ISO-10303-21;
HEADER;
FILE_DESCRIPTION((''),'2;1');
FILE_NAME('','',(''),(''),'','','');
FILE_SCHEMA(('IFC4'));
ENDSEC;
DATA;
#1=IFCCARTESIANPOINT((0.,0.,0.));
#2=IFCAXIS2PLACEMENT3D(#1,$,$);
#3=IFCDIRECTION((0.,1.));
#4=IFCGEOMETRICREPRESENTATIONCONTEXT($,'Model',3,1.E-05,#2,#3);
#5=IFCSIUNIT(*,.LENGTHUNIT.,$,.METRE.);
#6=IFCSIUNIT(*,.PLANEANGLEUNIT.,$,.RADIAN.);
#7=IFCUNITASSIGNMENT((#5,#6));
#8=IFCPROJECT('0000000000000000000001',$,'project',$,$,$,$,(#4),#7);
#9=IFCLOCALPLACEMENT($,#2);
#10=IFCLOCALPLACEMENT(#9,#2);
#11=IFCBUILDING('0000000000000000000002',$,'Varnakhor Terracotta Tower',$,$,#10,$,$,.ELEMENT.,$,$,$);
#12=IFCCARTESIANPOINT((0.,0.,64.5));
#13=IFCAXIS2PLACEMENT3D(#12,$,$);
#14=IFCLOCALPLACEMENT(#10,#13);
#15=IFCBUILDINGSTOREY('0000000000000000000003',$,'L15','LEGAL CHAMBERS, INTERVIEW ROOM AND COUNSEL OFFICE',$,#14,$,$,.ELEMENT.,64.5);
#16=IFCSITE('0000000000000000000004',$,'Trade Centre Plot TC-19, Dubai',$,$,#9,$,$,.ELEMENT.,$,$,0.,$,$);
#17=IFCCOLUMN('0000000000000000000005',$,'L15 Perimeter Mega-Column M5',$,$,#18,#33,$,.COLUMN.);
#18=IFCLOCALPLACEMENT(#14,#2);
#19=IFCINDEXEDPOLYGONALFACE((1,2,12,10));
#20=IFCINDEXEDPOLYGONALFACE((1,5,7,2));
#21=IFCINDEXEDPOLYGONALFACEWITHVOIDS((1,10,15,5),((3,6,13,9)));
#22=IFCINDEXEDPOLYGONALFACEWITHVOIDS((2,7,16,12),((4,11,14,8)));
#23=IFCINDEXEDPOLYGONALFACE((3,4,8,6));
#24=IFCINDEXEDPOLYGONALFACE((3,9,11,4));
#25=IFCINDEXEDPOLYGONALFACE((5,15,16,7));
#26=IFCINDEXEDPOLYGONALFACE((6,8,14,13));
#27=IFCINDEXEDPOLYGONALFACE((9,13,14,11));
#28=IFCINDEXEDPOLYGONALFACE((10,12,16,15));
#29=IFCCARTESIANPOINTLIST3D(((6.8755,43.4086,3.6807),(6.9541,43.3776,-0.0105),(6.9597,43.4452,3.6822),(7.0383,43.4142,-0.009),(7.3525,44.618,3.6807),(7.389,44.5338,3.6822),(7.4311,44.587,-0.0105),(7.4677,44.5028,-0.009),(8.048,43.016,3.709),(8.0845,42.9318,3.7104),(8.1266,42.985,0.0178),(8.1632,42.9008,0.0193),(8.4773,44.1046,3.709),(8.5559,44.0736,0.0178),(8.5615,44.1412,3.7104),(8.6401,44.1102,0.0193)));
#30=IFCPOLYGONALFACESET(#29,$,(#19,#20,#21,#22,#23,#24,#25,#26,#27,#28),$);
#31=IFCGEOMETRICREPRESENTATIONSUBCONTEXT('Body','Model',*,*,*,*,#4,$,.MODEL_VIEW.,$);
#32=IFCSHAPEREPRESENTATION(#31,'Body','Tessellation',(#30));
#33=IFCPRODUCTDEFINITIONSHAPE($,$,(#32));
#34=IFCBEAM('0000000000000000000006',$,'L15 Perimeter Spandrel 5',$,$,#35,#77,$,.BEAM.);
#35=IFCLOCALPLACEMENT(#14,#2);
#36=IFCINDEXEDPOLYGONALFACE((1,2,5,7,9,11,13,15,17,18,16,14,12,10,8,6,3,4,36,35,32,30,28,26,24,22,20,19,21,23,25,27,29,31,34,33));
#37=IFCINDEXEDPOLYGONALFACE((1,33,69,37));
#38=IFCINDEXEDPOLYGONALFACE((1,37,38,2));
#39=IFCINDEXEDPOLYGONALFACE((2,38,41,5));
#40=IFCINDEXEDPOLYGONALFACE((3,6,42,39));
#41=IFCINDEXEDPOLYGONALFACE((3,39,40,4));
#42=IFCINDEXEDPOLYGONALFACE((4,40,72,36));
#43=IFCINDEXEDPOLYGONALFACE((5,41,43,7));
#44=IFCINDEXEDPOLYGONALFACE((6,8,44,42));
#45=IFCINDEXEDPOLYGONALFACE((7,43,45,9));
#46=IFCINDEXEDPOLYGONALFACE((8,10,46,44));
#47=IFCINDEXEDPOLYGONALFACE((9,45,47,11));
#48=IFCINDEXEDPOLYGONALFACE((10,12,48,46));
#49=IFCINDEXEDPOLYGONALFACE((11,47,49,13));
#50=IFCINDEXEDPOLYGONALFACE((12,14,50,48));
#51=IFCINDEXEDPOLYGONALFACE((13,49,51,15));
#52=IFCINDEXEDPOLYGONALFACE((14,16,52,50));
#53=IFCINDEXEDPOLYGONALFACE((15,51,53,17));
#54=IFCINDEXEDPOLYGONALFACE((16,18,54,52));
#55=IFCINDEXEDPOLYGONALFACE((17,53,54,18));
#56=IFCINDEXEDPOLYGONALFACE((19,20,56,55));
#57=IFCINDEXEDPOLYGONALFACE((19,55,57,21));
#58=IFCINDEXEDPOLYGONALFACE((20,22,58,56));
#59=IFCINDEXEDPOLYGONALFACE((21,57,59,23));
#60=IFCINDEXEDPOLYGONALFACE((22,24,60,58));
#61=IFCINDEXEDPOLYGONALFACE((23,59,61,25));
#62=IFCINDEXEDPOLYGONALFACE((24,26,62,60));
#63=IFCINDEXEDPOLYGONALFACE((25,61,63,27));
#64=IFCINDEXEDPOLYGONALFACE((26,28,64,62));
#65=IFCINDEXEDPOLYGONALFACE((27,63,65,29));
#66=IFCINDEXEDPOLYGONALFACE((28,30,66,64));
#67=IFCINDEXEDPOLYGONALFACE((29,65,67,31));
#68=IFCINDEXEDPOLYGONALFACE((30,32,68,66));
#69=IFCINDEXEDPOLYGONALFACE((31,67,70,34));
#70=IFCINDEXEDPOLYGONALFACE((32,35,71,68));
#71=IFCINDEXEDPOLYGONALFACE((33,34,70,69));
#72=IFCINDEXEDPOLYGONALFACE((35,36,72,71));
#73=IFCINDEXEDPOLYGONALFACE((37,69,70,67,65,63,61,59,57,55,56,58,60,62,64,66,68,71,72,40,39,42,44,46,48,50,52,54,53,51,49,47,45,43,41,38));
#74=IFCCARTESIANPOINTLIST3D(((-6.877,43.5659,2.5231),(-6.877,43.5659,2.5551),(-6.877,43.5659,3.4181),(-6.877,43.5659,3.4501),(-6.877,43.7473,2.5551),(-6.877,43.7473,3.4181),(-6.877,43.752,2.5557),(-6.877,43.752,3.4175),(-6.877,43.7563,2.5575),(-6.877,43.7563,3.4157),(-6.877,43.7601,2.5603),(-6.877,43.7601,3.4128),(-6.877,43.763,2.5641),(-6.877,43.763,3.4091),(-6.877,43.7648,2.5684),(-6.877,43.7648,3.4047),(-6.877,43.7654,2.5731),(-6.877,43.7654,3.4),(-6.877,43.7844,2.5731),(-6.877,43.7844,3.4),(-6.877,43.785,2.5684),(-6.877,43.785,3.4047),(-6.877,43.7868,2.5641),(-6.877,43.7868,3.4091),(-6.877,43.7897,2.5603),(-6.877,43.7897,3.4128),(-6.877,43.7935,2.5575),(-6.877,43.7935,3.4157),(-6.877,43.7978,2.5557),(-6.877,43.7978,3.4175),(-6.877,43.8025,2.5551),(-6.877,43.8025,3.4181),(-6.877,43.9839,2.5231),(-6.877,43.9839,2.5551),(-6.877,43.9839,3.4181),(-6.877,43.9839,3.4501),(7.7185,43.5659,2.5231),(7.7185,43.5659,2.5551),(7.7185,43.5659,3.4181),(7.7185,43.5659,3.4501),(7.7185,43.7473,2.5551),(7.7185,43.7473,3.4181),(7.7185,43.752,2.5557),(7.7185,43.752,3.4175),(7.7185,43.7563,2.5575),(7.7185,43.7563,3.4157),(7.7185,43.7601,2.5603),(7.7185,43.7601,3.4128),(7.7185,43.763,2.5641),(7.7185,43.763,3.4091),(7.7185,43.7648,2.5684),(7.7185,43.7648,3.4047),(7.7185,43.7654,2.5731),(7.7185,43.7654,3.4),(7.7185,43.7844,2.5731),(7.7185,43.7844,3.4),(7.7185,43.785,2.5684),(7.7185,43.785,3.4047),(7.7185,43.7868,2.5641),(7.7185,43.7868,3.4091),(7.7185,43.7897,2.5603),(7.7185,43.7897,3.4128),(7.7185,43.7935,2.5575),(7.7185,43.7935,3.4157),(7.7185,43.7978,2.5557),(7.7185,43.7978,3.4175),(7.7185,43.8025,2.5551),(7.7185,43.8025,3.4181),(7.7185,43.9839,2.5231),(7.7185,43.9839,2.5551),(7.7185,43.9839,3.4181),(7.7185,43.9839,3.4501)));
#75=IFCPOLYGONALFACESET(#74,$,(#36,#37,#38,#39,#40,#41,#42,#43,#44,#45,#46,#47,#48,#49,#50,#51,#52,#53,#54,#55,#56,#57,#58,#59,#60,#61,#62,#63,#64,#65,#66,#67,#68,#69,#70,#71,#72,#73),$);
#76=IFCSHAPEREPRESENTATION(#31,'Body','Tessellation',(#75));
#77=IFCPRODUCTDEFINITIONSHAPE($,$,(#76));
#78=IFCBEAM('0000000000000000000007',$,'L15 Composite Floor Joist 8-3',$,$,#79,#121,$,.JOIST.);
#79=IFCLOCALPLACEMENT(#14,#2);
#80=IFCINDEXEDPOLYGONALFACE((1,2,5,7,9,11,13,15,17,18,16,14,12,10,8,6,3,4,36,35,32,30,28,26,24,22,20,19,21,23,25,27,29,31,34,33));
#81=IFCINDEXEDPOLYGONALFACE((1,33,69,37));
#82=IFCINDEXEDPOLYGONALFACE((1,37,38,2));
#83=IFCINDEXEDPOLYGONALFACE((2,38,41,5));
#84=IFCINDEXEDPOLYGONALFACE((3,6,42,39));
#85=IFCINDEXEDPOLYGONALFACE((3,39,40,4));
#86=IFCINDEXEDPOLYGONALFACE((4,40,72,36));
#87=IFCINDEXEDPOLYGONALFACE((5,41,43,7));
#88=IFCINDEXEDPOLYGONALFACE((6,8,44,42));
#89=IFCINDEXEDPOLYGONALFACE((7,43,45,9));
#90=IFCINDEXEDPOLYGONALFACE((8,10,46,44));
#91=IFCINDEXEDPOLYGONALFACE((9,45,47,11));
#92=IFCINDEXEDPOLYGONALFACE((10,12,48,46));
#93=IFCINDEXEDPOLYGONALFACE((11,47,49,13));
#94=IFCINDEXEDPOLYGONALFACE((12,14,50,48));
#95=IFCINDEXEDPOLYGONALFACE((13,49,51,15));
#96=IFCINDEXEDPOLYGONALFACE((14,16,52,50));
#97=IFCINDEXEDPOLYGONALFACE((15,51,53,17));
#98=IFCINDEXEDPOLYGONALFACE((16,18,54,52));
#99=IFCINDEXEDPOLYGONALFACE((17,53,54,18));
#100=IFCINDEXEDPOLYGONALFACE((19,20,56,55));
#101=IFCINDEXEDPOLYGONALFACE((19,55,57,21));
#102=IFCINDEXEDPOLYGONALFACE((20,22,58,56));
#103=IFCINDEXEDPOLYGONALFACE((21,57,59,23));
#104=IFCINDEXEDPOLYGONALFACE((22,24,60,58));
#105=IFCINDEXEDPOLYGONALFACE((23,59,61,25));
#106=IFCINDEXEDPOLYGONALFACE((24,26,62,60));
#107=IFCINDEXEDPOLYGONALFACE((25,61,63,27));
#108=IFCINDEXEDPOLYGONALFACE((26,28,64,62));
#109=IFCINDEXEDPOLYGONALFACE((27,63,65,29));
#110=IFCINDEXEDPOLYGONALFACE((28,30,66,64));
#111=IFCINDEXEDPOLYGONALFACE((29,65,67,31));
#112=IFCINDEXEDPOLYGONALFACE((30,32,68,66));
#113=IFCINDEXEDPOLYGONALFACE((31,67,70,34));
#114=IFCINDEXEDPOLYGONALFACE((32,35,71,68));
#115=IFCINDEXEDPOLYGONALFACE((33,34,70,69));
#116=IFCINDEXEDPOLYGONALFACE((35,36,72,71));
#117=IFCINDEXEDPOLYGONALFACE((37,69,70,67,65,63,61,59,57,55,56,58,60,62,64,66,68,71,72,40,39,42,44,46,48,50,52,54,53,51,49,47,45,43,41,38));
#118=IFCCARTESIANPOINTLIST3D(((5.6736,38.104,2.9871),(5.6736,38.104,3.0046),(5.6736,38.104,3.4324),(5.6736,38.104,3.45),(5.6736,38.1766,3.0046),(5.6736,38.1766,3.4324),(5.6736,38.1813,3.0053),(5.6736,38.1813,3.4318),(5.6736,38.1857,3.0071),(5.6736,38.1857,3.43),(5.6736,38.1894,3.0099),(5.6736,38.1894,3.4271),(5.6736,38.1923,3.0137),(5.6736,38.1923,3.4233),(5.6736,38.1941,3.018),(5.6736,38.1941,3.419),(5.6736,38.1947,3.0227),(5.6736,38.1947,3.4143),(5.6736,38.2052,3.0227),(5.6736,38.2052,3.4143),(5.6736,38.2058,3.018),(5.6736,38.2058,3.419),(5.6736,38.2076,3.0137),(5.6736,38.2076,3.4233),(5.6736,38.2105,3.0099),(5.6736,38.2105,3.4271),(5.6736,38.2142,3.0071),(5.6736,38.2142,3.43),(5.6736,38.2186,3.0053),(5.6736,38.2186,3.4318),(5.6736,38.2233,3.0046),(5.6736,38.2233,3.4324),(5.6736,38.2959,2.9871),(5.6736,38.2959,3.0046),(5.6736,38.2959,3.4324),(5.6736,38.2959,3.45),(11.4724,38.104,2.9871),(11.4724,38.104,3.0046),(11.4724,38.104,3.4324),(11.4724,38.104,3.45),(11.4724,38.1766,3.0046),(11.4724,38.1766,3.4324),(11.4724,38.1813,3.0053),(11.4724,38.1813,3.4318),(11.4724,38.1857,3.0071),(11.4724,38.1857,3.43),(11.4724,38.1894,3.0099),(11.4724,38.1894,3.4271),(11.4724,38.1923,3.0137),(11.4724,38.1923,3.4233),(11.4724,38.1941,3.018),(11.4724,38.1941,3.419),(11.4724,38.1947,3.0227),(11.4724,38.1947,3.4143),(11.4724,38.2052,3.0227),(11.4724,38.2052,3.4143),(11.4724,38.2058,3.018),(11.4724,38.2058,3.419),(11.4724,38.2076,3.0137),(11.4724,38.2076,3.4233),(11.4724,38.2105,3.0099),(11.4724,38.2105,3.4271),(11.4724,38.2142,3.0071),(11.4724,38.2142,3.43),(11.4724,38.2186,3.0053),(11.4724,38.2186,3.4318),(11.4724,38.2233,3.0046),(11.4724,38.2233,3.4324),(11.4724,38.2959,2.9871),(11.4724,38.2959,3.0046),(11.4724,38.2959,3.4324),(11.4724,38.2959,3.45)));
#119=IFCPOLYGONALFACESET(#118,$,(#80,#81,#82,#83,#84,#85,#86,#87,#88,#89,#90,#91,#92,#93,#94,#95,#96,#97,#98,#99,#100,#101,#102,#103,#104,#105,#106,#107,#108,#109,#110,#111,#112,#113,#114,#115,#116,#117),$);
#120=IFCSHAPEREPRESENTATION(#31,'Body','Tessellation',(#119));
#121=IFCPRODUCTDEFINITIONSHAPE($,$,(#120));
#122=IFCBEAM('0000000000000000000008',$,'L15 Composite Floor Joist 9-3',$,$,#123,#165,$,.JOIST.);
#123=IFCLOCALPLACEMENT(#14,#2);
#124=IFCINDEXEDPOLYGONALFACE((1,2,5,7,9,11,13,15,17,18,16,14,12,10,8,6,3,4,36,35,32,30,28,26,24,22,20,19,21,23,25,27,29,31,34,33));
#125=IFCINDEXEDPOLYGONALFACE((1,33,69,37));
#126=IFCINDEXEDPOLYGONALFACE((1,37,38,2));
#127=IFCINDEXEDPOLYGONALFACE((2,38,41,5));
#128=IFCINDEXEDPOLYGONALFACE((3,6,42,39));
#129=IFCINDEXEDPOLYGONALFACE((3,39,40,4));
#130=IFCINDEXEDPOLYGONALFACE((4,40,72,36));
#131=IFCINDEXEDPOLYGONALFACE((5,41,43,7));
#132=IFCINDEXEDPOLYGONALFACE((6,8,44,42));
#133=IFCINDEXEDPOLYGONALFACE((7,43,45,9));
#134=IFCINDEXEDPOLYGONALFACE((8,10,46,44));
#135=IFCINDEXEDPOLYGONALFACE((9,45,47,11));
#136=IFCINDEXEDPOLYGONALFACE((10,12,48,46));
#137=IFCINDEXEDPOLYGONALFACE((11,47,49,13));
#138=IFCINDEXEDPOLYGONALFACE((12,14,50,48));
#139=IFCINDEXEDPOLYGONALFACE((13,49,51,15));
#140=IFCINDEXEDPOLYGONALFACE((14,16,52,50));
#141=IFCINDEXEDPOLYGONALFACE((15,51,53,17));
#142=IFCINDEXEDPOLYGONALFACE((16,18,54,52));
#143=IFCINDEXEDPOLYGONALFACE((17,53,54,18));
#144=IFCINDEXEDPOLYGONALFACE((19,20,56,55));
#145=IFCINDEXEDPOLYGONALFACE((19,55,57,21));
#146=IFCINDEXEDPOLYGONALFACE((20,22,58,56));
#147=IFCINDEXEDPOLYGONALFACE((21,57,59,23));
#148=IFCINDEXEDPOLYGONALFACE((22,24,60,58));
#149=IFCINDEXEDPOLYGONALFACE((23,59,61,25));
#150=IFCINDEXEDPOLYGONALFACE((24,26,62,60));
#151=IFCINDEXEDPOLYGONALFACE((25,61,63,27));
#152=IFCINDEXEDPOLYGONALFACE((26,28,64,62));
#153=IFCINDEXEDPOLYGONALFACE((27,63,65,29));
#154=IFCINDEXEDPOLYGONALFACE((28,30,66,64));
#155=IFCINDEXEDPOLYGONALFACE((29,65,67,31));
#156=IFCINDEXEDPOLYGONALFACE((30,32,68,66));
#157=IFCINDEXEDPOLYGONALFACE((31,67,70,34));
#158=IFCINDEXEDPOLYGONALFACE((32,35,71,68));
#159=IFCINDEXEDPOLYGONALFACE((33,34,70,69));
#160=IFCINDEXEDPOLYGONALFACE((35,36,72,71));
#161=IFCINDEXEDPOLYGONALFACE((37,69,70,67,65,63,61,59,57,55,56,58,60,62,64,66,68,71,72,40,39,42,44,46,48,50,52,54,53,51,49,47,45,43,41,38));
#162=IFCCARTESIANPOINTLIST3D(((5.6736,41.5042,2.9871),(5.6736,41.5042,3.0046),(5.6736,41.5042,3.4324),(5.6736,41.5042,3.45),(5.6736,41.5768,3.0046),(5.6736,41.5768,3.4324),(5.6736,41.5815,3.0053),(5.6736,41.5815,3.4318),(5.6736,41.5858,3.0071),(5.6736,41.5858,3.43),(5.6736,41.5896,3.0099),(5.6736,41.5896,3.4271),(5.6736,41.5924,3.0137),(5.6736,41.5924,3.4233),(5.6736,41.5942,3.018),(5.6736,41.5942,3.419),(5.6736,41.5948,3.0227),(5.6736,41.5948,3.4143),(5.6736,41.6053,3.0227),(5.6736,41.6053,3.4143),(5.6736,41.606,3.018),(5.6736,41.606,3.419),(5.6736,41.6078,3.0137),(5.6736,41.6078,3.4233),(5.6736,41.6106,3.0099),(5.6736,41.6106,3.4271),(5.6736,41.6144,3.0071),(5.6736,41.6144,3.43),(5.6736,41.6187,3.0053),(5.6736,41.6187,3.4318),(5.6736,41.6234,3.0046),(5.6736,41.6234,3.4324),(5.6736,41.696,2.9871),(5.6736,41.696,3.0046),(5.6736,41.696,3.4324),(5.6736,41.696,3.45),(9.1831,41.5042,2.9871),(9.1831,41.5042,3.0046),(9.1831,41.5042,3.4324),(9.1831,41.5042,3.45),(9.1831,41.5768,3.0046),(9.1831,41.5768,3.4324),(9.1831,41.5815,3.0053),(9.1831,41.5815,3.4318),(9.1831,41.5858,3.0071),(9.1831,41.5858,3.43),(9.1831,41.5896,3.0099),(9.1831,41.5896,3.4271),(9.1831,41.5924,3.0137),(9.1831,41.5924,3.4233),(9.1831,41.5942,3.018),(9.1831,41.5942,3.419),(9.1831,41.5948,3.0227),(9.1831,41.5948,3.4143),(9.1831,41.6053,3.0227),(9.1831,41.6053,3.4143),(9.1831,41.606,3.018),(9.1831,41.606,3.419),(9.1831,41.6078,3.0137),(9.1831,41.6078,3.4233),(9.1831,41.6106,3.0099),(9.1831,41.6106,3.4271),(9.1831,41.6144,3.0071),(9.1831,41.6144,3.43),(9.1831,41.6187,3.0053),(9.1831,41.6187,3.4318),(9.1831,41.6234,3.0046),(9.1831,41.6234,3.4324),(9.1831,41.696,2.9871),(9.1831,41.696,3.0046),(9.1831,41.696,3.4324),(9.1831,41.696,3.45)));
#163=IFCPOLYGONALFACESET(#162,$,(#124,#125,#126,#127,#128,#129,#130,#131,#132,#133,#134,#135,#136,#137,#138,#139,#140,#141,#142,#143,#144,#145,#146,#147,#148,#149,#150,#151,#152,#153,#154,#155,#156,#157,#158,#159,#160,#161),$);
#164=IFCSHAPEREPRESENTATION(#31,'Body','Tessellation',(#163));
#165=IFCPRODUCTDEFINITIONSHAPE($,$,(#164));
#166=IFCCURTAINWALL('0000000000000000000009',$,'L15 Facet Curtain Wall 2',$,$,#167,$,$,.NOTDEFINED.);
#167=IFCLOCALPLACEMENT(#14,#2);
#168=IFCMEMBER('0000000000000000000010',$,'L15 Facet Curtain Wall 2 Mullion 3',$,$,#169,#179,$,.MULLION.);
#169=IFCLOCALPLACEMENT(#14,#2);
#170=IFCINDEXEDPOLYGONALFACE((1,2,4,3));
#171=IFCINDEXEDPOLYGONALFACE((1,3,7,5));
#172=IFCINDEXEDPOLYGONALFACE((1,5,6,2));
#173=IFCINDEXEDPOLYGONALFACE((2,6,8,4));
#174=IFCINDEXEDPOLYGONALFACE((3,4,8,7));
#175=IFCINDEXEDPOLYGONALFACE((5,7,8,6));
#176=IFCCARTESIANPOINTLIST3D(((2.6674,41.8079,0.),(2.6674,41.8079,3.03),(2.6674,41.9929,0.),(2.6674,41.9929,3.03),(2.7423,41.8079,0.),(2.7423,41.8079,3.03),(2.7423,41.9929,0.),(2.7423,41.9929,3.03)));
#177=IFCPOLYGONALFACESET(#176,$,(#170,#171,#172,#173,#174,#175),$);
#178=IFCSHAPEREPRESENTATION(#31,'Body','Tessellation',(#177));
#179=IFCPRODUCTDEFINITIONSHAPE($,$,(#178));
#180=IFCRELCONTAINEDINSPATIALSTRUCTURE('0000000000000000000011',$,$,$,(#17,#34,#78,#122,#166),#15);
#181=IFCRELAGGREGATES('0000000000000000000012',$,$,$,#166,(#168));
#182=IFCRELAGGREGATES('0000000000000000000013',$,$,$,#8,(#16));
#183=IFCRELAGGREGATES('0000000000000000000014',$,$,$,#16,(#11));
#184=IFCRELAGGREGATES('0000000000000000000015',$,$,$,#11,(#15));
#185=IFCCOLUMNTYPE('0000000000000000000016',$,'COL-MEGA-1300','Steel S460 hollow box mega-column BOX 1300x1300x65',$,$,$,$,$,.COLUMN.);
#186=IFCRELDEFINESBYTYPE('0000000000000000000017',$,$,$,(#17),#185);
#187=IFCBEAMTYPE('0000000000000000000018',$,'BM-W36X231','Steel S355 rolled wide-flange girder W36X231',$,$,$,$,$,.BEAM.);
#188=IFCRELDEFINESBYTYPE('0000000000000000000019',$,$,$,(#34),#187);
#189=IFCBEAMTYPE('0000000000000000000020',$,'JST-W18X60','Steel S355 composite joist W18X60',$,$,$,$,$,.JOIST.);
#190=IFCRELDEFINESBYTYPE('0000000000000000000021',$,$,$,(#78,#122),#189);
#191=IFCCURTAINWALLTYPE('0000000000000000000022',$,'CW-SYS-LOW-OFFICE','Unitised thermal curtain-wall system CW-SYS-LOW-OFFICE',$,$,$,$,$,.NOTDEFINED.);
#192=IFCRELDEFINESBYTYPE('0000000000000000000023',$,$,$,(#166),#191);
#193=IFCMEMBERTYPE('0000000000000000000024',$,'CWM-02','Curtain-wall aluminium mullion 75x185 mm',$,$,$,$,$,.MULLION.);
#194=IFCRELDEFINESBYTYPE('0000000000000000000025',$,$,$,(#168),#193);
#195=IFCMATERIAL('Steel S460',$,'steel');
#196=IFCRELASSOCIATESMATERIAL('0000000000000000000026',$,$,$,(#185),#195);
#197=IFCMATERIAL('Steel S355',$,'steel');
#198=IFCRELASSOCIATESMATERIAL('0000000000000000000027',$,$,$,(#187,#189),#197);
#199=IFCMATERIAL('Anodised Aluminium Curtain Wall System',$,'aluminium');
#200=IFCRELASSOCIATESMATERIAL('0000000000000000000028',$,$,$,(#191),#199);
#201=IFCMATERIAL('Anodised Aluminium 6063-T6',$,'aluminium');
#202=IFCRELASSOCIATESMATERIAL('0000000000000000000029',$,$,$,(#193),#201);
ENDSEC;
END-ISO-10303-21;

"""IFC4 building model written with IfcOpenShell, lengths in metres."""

from ifc_helpers import new_model, si_unit, direction, frame, origin, origin_2d, place, context, subcontext, project, spatial, rectangle, hollow_rectangle, i_section, extrude, source, transform, mapped, material, material_profile, profile_set, type_object, type_shapes, element, aggregate, save


model = new_model("IFC4")

# Units and contexts
model_context = context("Model", 3, precision=1e-05, world=origin(), true_north=direction((0.0, 1.0)))
body_context = subcontext(model_context, "Body", "Model", "MODEL_VIEW")
ifc_project = project(units=[si_unit("LENGTHUNIT", "METRE"), si_unit("PLANEANGLEUNIT", "RADIAN")], contexts=[model_context])

# Site, building, storey
site_placement = place(None, origin())
site = spatial("IfcSite", under=ifc_project, at=site_placement, Name="Trade Centre Plot TC-19, Dubai", CompositionType="ELEMENT", RefElevation=0.0)
building_placement = place(site_placement, origin())
building = spatial("IfcBuilding", under=site, at=building_placement, Name="Varnakhor Terracotta Tower", CompositionType="ELEMENT")
storey_placement = place(building_placement, frame((0.0, 0.0, 64.5)))
storey = spatial("IfcBuildingStorey", under=building, at=storey_placement, Name="L15", Description="LEGAL CHAMBERS, INTERVIEW ROOM AND COUNSEL OFFICE", CompositionType="ELEMENT", Elevation=64.5)

# Column
ifc_material_1 = material(Name="Steel S460", Category="steel")
ifc_material_profile_1 = material_profile(ifc_material_1, hollow_rectangle(XDim=1.3, YDim=1.3, WallThickness=0.0649, at=origin_2d()), Name="BOX 1300x1300x65")
ifc_profile_set_1 = profile_set([ifc_material_profile_1], Name="Steel S460")
column_type = type_object("IfcColumnType", Name="COL-MEGA-1300", Description="Steel S460 hollow box mega-column BOX 1300x1300x65", PredefinedType="COLUMN", material=ifc_profile_set_1)
shared_shape_1 = source(origin(), body_context, "Body", "SweptSolid", [
    extrude(hollow_rectangle(XDim=1.3, YDim=1.3, WallThickness=0.0649, at=origin_2d()), origin(), (0.0, 0.0, 1.0), 3.6921),
])
column_placement = place(storey_placement, frame((7.7971, 43.7439, 0.0044), z_axis=(-0.021292, 0.008398, 0.999738), x_axis=(-0.366903, -0.930259, 0.0)))
element("IfcColumn", 1, at=column_placement, inside=storey, type_object=column_type, Name="L15 Perimeter Mega-Column M5", PredefinedType="COLUMN", context=body_context, shape_type="MappedRepresentation", body=[
    mapped(shared_shape_1, transform((0.0, 0.0, 0.0), scale=1.0)),
])

# Beams
ifc_material_2 = material(Name="Steel S355", Category="steel")
ifc_material_profile_2 = material_profile(ifc_material_2, i_section(OverallWidth=0.418, OverallDepth=0.927, WebThickness=0.019, FlangeThickness=0.032, FilletRadius=0.0181, at=origin_2d()), Name="W36X231")
ifc_profile_set_2 = profile_set([ifc_material_profile_2], Name="Steel S355")
beam_type_1 = type_object("IfcBeamType", Name="BM-W36X231", Description="Steel S355 rolled wide-flange girder W36X231", PredefinedType="BEAM", material=ifc_profile_set_2)
shared_shape_2 = source(origin(), body_context, "Body", "SweptSolid", [
    extrude(i_section(OverallWidth=0.418, OverallDepth=0.927, WebThickness=0.019, FlangeThickness=0.032, FilletRadius=0.0181, at=origin_2d()), origin(), (0.0, 0.0, 1.0), 14.5955),
])
beam_1_placement = place(storey_placement, frame((7.7185, 43.7749, 2.9866), z_axis=(-1.0, 0.0, 0.0), x_axis=(0.0, -1.0, 0.0)))
element("IfcBeam", 2, at=beam_1_placement, inside=storey, type_object=beam_type_1, Name="L15 Perimeter Spandrel 5", PredefinedType="BEAM", context=body_context, shape_type="MappedRepresentation", body=[
    mapped(shared_shape_2, transform((0.0, 0.0, 0.0), scale=1.0)),
])
ifc_material_profile_3 = material_profile(ifc_material_2, i_section(OverallWidth=0.1919, OverallDepth=0.4629, WebThickness=0.0105, FlangeThickness=0.0176, FilletRadius=0.0181, at=origin_2d()), Name="W18X60")
ifc_profile_set_3 = profile_set([ifc_material_profile_3], Name="Steel S355")
beam_type_2 = type_object("IfcBeamType", Name="JST-W18X60", Description="Steel S355 composite joist W18X60", PredefinedType="JOIST", material=ifc_profile_set_3)
shared_shape_3 = source(origin(), body_context, "Body", "SweptSolid", [
    extrude(i_section(OverallWidth=0.1919, OverallDepth=0.4629, WebThickness=0.0105, FlangeThickness=0.0176, FilletRadius=0.0181, at=origin_2d()), origin(), (0.0, 0.0, 1.0), 5.7988),
])
beam_2_placement = place(storey_placement, frame((5.6736, 38.2, 3.2185), z_axis=(1.0, 0.0, 0.0), x_axis=(0.0, 1.0, 0.0)))
element("IfcBeam", 3, at=beam_2_placement, inside=storey, type_object=beam_type_2, Name="L15 Composite Floor Joist 8-3", PredefinedType="JOIST", context=body_context, shape_type="MappedRepresentation", body=[
    mapped(shared_shape_3, transform((0.0, 0.0, 0.0), scale=1.0)),
])
shared_shape_4 = source(origin(), body_context, "Body", "SweptSolid", [
    extrude(i_section(OverallWidth=0.1919, OverallDepth=0.4629, WebThickness=0.0105, FlangeThickness=0.0176, FilletRadius=0.0181, at=origin_2d()), origin(), (0.0, 0.0, 1.0), 3.5095),
])
beam_3_placement = place(storey_placement, frame((5.6736, 41.6001, 3.2185), z_axis=(1.0, 0.0, 0.0), x_axis=(0.0, 1.0, 0.0)))
element("IfcBeam", 4, at=beam_3_placement, inside=storey, type_object=beam_type_2, Name="L15 Composite Floor Joist 9-3", PredefinedType="JOIST", context=body_context, shape_type="MappedRepresentation", body=[
    mapped(shared_shape_4, transform((0.0, 0.0, 0.0), scale=1.0)),
])

# Curtain wall, member
ifc_material_3 = material(Name="Anodised Aluminium Curtain Wall System", Category="aluminium")
curtain_wall_type = type_object("IfcCurtainWallType", Name="CW-SYS-LOW-OFFICE", Description="Unitised thermal curtain-wall system CW-SYS-LOW-OFFICE", PredefinedType="NOTDEFINED", material=ifc_material_3)
curtain_wall_1_placement = place(storey_placement, origin())
curtain_wall_1 = element("IfcCurtainWall", 5, at=curtain_wall_1_placement, inside=storey, type_object=curtain_wall_type, Name="L15 Facet Curtain Wall 2", PredefinedType="NOTDEFINED")
ifc_material_4 = material(Name="Anodised Aluminium 6063-T6", Category="aluminium")
ifc_material_profile_4 = material_profile(ifc_material_4, rectangle(XDim=0.075, YDim=0.1851, at=origin_2d()), Name="ALU MULLION 75x185")
ifc_profile_set_4 = profile_set([ifc_material_profile_4], Name="Anodised Aluminium 6063-T6")
member_type_1 = type_object("IfcMemberType", Name="CWM-02", Description="Curtain-wall aluminium mullion 75x185 mm", PredefinedType="MULLION", material=ifc_profile_set_4)
shared_shape_5 = source(origin(), body_context, "Body", "SweptSolid", [
    extrude(rectangle(XDim=0.075, YDim=0.1851, at=origin_2d()), origin(), (0.0, 0.0, 1.0), 3.03),
])
type_shapes(member_type_1, [shared_shape_5])
member_1_placement = place(storey_placement, frame((2.7048, 41.9004, 0.0), z_axis=(0.0, 0.0, 1.0), x_axis=(1.0, 0.0, 0.0)))
member_1 = element("IfcMember", 6, at=member_1_placement, type_object=member_type_1, Name="L15 Facet Curtain Wall 2 Mullion 3", PredefinedType="MULLION", context=body_context, shape_type="MappedRepresentation", body=[
    mapped(shared_shape_5, transform((0.0, 0.0, 0.0), scale=1.0)),
])

aggregate(curtain_wall_1, [member_1])

save(model, "model.ifc")
